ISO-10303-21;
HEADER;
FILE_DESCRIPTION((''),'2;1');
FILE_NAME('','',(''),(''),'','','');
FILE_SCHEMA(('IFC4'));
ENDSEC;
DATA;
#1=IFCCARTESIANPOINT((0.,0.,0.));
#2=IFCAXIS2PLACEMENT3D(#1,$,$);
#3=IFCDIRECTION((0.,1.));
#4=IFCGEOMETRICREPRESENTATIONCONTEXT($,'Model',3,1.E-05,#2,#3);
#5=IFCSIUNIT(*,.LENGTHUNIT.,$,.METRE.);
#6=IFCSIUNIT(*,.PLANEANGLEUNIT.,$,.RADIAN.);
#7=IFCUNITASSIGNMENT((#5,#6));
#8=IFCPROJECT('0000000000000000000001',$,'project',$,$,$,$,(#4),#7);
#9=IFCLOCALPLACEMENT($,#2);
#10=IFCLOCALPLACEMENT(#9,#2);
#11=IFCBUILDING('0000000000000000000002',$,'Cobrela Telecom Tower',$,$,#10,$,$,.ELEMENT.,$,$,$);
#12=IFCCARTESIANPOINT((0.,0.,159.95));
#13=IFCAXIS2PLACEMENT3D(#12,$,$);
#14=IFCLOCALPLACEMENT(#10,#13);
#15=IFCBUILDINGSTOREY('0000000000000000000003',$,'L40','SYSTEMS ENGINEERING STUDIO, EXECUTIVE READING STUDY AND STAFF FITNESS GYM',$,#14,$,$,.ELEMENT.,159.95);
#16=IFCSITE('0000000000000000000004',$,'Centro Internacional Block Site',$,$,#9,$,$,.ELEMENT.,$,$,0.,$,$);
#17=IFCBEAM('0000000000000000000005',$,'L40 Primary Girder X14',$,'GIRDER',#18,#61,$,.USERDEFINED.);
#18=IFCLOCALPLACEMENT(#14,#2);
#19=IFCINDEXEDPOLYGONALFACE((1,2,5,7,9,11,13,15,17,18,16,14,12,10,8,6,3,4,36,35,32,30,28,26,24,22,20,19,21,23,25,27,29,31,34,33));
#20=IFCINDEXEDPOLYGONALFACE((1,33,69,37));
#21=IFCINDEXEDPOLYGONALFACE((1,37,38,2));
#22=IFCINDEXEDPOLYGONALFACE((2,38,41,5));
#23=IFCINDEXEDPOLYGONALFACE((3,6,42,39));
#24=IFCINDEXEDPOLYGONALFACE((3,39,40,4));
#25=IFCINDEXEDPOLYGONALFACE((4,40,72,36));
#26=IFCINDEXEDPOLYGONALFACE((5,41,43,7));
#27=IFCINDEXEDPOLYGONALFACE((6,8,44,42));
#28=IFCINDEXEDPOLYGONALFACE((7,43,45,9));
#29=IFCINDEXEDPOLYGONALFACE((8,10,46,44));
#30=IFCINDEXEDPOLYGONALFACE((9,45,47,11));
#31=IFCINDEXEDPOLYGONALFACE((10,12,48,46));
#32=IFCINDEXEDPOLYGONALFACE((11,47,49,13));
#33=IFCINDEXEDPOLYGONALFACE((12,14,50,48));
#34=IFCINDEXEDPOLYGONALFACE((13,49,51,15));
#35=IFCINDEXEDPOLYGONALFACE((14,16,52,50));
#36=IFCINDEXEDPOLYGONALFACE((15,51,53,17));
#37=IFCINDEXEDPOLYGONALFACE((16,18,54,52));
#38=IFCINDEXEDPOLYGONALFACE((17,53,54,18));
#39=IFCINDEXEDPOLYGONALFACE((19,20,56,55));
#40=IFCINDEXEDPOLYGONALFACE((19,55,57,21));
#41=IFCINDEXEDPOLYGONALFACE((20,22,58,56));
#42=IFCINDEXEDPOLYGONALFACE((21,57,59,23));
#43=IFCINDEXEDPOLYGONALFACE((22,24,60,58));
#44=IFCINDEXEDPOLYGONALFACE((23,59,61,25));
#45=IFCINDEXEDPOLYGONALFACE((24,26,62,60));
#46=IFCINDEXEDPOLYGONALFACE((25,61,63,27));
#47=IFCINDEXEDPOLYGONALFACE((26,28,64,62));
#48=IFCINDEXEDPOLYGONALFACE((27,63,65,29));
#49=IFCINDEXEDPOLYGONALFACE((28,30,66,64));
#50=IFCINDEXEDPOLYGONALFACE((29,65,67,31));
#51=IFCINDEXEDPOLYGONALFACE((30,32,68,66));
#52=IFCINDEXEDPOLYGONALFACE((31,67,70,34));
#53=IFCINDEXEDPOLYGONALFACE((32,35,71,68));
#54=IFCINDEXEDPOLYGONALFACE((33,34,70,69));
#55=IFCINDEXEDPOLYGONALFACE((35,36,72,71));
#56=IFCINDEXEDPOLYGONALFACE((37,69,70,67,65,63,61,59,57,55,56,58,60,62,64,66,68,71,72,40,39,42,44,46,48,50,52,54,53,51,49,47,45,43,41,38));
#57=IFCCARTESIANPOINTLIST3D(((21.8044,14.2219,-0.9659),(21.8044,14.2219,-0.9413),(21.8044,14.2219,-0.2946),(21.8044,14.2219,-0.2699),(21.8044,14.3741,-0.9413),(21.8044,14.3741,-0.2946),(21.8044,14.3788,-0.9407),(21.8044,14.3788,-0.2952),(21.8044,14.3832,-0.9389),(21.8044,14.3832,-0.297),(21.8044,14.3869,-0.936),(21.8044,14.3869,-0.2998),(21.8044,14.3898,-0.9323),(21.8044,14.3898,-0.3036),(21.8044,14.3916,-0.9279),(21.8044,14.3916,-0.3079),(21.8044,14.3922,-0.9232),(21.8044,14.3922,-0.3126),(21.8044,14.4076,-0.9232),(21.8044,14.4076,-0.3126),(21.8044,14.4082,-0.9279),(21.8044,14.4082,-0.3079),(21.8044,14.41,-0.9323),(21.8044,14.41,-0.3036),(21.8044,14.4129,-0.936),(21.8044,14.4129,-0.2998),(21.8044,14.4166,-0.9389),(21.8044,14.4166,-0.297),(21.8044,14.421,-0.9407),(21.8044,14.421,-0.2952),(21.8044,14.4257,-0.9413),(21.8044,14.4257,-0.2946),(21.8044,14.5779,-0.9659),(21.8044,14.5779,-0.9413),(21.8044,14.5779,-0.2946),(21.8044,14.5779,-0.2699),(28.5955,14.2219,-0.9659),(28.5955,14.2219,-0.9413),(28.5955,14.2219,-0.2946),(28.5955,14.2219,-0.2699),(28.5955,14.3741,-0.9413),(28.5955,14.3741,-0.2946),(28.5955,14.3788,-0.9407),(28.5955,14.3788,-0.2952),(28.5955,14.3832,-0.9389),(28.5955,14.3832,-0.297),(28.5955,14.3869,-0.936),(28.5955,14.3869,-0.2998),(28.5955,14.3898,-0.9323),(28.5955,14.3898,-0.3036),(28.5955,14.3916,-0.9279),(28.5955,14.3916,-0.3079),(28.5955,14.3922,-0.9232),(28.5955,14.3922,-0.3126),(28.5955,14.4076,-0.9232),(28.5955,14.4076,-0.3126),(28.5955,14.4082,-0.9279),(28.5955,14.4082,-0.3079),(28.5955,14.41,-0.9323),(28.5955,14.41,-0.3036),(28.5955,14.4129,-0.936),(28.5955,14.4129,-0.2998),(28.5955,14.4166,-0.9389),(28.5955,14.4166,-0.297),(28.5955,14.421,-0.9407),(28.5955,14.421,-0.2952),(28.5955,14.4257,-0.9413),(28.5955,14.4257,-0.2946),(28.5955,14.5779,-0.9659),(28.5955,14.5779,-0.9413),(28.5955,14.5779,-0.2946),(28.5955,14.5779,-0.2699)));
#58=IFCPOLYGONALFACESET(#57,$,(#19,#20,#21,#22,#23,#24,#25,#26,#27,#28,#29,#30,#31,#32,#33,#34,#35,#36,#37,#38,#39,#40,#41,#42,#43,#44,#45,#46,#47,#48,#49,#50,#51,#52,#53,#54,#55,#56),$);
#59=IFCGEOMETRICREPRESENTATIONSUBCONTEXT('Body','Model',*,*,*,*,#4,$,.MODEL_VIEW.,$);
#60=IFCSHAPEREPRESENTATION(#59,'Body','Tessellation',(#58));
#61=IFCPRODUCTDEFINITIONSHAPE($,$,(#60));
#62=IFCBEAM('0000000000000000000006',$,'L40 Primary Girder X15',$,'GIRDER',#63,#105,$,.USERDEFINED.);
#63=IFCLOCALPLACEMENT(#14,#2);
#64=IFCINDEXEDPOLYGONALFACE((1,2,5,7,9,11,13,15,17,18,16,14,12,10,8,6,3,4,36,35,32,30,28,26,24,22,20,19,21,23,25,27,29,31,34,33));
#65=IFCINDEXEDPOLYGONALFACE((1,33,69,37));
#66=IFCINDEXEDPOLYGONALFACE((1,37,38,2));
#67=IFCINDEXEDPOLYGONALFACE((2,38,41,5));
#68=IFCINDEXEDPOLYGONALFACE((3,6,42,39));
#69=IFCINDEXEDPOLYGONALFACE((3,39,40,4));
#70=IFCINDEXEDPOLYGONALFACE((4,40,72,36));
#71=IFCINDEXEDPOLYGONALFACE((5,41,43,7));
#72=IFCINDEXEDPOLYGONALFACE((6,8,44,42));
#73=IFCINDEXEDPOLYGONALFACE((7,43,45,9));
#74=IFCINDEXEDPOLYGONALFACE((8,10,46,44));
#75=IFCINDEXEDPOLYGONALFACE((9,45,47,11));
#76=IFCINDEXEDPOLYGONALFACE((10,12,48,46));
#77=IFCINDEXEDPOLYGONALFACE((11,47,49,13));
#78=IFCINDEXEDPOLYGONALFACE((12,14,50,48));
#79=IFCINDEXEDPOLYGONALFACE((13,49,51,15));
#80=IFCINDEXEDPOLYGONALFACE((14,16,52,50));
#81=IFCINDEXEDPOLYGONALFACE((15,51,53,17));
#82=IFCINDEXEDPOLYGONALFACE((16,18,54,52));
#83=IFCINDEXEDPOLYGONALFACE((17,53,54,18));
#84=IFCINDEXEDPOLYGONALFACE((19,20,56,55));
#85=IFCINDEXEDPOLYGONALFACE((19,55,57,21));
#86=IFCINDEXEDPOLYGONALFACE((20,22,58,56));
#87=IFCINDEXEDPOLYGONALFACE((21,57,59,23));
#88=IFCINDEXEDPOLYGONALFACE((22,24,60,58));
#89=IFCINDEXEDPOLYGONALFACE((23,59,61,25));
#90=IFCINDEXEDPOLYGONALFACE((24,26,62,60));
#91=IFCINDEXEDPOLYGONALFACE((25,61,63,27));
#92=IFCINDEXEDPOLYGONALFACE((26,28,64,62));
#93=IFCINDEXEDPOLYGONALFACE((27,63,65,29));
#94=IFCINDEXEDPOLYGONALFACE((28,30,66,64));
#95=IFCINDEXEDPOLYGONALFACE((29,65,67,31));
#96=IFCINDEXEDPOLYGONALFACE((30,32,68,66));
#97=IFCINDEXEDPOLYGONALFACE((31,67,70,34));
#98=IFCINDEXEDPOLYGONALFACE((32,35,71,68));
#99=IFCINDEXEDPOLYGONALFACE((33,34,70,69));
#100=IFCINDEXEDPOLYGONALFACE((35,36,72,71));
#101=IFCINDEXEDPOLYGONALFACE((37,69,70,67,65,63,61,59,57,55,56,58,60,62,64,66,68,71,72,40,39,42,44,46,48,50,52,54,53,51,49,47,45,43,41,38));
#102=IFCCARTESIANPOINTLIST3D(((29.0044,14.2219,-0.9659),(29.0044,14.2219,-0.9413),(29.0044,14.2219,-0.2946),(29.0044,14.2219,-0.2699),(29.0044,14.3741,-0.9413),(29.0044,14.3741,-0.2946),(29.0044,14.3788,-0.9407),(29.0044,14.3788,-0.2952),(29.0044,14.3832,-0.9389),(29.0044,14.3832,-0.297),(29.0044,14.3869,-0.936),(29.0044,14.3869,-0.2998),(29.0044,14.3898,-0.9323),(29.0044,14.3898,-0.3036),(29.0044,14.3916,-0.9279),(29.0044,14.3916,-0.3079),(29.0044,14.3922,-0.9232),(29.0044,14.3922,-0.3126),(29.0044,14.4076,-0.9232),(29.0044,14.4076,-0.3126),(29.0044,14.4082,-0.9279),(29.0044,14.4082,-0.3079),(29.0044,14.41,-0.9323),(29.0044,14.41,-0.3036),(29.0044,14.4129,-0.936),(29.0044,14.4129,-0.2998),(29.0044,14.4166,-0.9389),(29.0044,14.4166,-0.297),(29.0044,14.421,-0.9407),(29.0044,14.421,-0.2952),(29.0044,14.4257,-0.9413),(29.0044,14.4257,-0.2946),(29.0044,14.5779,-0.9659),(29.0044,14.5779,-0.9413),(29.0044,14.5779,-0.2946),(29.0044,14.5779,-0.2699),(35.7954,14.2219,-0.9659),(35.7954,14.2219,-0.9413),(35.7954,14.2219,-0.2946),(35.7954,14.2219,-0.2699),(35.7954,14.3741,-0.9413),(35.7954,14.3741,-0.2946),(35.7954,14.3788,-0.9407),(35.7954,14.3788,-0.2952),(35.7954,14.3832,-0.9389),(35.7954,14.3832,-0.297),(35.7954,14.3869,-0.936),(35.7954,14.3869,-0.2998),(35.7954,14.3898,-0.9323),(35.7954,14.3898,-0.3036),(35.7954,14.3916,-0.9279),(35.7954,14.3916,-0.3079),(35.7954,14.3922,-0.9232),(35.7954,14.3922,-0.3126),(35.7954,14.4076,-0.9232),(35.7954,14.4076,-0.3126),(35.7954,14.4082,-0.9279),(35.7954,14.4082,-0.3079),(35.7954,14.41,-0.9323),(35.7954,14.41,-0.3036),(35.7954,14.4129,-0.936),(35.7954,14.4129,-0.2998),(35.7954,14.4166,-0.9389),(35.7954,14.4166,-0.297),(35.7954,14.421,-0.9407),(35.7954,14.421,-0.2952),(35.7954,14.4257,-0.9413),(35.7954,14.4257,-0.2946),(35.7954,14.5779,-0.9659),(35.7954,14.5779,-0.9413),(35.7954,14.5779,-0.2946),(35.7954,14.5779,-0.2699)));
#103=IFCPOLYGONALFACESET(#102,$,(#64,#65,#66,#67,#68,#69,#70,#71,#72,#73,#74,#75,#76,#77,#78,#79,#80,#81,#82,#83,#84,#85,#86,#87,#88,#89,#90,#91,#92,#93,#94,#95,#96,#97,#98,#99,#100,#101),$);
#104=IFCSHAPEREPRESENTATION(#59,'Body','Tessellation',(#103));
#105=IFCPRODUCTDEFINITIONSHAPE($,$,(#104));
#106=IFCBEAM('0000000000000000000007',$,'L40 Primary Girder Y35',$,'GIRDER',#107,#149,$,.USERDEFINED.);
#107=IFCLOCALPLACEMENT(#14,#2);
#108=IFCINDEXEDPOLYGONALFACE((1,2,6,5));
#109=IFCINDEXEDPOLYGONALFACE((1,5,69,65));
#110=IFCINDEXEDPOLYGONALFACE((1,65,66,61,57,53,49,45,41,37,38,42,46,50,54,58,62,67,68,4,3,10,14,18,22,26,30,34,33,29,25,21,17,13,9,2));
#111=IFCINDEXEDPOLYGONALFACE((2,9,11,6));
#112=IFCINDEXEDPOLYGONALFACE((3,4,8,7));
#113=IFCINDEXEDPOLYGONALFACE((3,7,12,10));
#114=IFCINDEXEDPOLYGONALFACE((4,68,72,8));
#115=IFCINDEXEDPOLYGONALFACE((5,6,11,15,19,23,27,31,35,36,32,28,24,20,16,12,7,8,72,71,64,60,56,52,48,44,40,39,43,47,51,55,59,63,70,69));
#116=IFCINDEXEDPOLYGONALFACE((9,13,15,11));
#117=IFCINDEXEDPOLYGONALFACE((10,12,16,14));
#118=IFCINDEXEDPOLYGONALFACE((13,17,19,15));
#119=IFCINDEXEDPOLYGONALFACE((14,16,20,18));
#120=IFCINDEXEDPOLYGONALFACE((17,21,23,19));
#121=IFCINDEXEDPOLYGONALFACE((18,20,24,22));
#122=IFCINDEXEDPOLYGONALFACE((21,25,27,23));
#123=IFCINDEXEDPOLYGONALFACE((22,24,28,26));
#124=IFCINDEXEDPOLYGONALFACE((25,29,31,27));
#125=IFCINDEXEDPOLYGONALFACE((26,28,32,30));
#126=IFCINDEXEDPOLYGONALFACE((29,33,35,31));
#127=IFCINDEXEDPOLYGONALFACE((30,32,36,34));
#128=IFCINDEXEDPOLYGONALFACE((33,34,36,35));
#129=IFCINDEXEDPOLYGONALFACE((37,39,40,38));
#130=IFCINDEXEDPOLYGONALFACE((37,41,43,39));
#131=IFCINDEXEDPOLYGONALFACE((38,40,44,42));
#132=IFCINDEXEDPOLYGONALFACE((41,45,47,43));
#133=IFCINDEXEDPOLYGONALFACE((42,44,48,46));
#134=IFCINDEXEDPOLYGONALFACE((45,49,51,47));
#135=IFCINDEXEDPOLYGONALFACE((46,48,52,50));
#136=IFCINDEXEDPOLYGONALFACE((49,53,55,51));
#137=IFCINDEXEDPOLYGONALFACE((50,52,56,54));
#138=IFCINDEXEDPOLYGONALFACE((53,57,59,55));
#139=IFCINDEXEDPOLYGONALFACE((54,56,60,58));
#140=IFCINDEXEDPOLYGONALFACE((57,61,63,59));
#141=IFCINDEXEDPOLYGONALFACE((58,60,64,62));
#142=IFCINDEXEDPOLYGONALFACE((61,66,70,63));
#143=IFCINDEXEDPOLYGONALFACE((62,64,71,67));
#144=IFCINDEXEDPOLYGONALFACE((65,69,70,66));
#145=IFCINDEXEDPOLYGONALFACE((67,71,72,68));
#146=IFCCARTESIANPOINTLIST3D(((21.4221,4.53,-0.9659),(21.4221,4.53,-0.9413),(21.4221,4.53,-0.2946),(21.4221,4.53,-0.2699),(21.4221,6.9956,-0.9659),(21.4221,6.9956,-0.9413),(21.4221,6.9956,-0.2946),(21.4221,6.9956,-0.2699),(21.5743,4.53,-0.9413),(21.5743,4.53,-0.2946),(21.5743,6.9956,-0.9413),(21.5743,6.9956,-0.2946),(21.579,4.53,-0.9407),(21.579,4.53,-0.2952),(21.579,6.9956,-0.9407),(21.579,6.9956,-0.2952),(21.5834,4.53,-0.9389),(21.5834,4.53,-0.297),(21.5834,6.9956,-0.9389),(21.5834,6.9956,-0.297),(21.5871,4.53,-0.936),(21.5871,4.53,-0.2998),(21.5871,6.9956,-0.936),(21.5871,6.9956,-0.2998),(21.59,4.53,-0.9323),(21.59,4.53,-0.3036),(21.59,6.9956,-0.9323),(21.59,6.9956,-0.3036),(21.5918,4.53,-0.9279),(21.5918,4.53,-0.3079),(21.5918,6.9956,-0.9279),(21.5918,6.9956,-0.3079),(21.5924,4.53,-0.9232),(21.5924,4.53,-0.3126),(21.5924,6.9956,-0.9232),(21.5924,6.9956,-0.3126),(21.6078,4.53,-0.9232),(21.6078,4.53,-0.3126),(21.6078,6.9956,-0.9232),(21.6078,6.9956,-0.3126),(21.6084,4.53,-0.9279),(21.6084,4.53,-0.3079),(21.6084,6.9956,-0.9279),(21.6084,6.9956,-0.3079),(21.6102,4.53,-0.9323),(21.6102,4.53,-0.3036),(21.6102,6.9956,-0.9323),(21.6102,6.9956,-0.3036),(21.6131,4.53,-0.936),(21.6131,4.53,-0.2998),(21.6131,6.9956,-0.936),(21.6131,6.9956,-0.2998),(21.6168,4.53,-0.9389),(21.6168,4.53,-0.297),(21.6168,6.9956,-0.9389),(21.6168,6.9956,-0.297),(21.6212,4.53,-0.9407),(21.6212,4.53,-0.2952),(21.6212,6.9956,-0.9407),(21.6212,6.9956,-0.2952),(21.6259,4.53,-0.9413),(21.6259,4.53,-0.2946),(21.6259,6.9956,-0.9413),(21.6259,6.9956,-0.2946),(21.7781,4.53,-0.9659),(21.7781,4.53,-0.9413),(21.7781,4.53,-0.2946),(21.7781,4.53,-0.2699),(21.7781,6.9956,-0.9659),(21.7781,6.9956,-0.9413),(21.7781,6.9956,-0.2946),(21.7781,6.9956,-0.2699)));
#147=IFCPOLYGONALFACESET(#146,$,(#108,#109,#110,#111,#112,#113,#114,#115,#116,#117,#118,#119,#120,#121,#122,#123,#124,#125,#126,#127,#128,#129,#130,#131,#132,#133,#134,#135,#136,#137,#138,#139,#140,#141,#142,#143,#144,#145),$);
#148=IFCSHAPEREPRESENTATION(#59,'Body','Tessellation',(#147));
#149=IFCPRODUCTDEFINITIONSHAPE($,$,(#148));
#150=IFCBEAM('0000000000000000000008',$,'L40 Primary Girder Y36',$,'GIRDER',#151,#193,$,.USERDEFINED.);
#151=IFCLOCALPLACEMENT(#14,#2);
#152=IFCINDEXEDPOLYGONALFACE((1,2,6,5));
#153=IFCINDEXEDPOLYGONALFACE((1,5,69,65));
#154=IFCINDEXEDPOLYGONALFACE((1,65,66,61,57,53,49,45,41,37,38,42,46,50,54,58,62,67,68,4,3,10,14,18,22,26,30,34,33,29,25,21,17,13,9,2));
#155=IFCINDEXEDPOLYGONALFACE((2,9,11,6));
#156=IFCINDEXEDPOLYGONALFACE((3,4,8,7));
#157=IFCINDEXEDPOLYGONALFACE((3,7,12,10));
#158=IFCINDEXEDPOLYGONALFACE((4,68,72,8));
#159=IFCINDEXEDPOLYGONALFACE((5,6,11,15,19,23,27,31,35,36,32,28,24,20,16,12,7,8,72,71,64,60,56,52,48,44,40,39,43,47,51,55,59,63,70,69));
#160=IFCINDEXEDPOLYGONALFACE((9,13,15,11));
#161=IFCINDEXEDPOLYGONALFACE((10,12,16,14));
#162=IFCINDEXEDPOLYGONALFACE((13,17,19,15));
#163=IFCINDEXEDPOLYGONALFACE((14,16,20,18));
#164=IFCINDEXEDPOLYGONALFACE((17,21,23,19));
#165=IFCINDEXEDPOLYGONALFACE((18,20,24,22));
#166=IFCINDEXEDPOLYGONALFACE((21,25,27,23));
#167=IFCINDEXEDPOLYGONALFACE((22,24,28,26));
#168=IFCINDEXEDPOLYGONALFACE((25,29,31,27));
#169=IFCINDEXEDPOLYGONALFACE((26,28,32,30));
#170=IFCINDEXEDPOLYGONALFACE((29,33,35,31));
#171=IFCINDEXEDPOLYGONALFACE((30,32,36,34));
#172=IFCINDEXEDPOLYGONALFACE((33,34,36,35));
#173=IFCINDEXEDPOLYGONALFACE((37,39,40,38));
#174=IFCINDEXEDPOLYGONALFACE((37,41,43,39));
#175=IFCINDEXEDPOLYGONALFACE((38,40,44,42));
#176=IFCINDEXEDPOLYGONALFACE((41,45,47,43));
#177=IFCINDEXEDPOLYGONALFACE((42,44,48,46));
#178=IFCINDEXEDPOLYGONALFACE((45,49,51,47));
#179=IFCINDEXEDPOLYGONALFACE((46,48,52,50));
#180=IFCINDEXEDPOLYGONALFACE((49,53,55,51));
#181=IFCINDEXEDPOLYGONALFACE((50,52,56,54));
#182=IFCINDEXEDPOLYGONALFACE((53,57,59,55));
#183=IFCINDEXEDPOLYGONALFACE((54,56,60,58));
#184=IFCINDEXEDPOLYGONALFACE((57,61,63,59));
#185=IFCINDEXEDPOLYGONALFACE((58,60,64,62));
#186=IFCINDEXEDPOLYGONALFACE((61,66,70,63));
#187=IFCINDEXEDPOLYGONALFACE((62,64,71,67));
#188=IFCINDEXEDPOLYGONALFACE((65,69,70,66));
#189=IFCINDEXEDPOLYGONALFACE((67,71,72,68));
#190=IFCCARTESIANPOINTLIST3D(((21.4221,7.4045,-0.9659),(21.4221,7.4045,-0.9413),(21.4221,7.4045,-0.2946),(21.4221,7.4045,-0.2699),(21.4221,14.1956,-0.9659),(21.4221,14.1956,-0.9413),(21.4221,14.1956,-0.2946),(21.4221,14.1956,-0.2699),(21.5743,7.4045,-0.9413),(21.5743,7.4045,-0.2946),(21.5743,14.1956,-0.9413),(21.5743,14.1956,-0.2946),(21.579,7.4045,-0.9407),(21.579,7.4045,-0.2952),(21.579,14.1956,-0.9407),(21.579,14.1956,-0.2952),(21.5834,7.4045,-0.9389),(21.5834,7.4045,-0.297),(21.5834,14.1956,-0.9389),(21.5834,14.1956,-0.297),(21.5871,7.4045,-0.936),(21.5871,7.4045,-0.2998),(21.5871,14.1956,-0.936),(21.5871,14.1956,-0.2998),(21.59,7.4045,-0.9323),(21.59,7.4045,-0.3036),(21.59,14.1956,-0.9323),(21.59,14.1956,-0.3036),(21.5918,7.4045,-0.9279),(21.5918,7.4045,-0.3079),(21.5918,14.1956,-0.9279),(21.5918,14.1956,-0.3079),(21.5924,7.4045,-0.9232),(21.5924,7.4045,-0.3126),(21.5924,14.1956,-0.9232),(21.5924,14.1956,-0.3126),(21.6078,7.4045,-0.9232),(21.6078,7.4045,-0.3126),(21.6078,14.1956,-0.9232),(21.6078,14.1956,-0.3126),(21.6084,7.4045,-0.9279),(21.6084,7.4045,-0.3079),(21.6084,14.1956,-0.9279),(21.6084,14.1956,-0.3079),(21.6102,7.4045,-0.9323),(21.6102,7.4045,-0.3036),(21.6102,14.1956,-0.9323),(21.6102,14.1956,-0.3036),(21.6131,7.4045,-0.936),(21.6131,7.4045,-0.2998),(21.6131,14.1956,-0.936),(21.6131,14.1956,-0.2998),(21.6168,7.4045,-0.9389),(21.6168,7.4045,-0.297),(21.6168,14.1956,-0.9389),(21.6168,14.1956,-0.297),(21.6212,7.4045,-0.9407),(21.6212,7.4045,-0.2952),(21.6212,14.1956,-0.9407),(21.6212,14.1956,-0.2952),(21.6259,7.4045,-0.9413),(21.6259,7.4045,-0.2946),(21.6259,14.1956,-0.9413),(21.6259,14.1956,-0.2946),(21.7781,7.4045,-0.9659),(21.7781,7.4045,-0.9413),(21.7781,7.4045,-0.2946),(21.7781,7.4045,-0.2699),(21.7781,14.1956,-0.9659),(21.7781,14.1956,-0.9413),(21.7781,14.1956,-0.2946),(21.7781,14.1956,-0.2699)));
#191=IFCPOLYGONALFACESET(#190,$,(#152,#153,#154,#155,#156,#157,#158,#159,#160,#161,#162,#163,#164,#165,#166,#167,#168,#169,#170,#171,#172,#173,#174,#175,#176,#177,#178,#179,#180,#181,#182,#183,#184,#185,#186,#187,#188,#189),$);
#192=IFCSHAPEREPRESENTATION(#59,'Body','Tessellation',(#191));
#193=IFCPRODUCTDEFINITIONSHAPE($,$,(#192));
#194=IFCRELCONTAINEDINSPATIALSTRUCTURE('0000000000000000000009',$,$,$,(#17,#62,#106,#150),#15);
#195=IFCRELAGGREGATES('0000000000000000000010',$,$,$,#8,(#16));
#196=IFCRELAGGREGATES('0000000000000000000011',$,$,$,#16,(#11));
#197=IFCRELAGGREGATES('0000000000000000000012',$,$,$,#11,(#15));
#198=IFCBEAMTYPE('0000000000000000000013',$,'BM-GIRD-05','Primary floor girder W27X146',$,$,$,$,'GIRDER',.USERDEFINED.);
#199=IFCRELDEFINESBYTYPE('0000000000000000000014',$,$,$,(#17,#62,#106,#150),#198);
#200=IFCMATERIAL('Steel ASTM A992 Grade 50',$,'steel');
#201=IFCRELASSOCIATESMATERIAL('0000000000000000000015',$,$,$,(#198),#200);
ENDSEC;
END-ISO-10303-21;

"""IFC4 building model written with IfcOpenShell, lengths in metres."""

from ifc_helpers import new_model, si_unit, direction, frame, origin, origin_2d, place, context, subcontext, project, spatial, i_section, extrude, material, material_profile, profile_set, type_object, element, save


model = new_model("IFC4")

# Units and contexts
model_context = context("Model", 3, precision=1e-05, world=origin(), true_north=direction((0.0, 1.0)))
body_context = subcontext(model_context, "Body", "Model", "MODEL_VIEW")
ifc_project = project(units=[si_unit("LENGTHUNIT", "METRE"), si_unit("PLANEANGLEUNIT", "RADIAN")], contexts=[model_context])

# Site, building, storey
site_placement = place(None, origin())
site = spatial("IfcSite", under=ifc_project, at=site_placement, Name="Centro Internacional Block Site", CompositionType="ELEMENT", RefElevation=0.0)
building_placement = place(site_placement, origin())
building = spatial("IfcBuilding", under=site, at=building_placement, Name="Cobrela Telecom Tower", CompositionType="ELEMENT")
storey_placement = place(building_placement, frame((0.0, 0.0, 159.95)))
storey = spatial("IfcBuildingStorey", under=building, at=storey_placement, Name="L40", Description="SYSTEMS ENGINEERING STUDIO, EXECUTIVE READING STUDY AND STAFF FITNESS GYM", CompositionType="ELEMENT", Elevation=159.95)

# Shared definitions
ifc_material_1 = material(Name="Steel ASTM A992 Grade 50", Category="steel")

# Beams
ifc_material_profile_1 = material_profile(ifc_material_1, i_section(OverallWidth=0.356, OverallDepth=0.696, WebThickness=0.0154, FlangeThickness=0.0247, FilletRadius=0.0181, at=origin_2d()), Name="W27X146")
ifc_profile_set_1 = profile_set([ifc_material_profile_1], Name="Steel ASTM A992 Grade 50")
beam_type_1 = type_object("IfcBeamType", Name="BM-GIRD-05", Description="Primary floor girder W27X146", ElementType="GIRDER", PredefinedType="USERDEFINED", material=ifc_profile_set_1)
for number, where, z_axis, x_axis, name in (
    (1, (21.8044, 14.3999, -0.6179), (1.0, 0.0, 0.0), (0.0, 1.0, 0.0), "L40 Primary Girder X14"),
    (2, (29.0044, 14.3999, -0.6179), (1.0, 0.0, 0.0), (0.0, 1.0, 0.0), "L40 Primary Girder X15"),
):
    element("IfcBeam", number, at=place(storey_placement, frame(where, z_axis=z_axis, x_axis=x_axis)), inside=storey, type_object=beam_type_1, Name=name, ObjectType="GIRDER", PredefinedType="USERDEFINED", context=body_context, shape_type="SweptSolid", body=[
        extrude(i_section(OverallWidth=0.356, OverallDepth=0.696, WebThickness=0.0154, FlangeThickness=0.0247, FilletRadius=0.0181, at=origin_2d()), origin(), (0.0, 0.0, 1.0), 6.791),
    ])
beam_1_placement = place(storey_placement, frame((21.6001, 4.53, -0.6179), z_axis=(0.0, 1.0, 0.0), x_axis=(-1.0, 0.0, 0.0)))
element("IfcBeam", 3, at=beam_1_placement, inside=storey, type_object=beam_type_1, Name="L40 Primary Girder Y35", ObjectType="GIRDER", PredefinedType="USERDEFINED", context=body_context, shape_type="SweptSolid", body=[
    extrude(i_section(OverallWidth=0.356, OverallDepth=0.696, WebThickness=0.0154, FlangeThickness=0.0247, FilletRadius=0.0181, at=origin_2d()), origin(), (0.0, 0.0, 1.0), 2.4656),
])
beam_2_placement = place(storey_placement, frame((21.6001, 7.4045, -0.6179), z_axis=(0.0, 1.0, 0.0), x_axis=(-1.0, 0.0, 0.0)))
element("IfcBeam", 4, at=beam_2_placement, inside=storey, type_object=beam_type_1, Name="L40 Primary Girder Y36", ObjectType="GIRDER", PredefinedType="USERDEFINED", context=body_context, shape_type="SweptSolid", body=[
    extrude(i_section(OverallWidth=0.356, OverallDepth=0.696, WebThickness=0.0154, FlangeThickness=0.0247, FilletRadius=0.0181, at=origin_2d()), origin(), (0.0, 0.0, 1.0), 6.791),
])

save(model, "model.ifc")
